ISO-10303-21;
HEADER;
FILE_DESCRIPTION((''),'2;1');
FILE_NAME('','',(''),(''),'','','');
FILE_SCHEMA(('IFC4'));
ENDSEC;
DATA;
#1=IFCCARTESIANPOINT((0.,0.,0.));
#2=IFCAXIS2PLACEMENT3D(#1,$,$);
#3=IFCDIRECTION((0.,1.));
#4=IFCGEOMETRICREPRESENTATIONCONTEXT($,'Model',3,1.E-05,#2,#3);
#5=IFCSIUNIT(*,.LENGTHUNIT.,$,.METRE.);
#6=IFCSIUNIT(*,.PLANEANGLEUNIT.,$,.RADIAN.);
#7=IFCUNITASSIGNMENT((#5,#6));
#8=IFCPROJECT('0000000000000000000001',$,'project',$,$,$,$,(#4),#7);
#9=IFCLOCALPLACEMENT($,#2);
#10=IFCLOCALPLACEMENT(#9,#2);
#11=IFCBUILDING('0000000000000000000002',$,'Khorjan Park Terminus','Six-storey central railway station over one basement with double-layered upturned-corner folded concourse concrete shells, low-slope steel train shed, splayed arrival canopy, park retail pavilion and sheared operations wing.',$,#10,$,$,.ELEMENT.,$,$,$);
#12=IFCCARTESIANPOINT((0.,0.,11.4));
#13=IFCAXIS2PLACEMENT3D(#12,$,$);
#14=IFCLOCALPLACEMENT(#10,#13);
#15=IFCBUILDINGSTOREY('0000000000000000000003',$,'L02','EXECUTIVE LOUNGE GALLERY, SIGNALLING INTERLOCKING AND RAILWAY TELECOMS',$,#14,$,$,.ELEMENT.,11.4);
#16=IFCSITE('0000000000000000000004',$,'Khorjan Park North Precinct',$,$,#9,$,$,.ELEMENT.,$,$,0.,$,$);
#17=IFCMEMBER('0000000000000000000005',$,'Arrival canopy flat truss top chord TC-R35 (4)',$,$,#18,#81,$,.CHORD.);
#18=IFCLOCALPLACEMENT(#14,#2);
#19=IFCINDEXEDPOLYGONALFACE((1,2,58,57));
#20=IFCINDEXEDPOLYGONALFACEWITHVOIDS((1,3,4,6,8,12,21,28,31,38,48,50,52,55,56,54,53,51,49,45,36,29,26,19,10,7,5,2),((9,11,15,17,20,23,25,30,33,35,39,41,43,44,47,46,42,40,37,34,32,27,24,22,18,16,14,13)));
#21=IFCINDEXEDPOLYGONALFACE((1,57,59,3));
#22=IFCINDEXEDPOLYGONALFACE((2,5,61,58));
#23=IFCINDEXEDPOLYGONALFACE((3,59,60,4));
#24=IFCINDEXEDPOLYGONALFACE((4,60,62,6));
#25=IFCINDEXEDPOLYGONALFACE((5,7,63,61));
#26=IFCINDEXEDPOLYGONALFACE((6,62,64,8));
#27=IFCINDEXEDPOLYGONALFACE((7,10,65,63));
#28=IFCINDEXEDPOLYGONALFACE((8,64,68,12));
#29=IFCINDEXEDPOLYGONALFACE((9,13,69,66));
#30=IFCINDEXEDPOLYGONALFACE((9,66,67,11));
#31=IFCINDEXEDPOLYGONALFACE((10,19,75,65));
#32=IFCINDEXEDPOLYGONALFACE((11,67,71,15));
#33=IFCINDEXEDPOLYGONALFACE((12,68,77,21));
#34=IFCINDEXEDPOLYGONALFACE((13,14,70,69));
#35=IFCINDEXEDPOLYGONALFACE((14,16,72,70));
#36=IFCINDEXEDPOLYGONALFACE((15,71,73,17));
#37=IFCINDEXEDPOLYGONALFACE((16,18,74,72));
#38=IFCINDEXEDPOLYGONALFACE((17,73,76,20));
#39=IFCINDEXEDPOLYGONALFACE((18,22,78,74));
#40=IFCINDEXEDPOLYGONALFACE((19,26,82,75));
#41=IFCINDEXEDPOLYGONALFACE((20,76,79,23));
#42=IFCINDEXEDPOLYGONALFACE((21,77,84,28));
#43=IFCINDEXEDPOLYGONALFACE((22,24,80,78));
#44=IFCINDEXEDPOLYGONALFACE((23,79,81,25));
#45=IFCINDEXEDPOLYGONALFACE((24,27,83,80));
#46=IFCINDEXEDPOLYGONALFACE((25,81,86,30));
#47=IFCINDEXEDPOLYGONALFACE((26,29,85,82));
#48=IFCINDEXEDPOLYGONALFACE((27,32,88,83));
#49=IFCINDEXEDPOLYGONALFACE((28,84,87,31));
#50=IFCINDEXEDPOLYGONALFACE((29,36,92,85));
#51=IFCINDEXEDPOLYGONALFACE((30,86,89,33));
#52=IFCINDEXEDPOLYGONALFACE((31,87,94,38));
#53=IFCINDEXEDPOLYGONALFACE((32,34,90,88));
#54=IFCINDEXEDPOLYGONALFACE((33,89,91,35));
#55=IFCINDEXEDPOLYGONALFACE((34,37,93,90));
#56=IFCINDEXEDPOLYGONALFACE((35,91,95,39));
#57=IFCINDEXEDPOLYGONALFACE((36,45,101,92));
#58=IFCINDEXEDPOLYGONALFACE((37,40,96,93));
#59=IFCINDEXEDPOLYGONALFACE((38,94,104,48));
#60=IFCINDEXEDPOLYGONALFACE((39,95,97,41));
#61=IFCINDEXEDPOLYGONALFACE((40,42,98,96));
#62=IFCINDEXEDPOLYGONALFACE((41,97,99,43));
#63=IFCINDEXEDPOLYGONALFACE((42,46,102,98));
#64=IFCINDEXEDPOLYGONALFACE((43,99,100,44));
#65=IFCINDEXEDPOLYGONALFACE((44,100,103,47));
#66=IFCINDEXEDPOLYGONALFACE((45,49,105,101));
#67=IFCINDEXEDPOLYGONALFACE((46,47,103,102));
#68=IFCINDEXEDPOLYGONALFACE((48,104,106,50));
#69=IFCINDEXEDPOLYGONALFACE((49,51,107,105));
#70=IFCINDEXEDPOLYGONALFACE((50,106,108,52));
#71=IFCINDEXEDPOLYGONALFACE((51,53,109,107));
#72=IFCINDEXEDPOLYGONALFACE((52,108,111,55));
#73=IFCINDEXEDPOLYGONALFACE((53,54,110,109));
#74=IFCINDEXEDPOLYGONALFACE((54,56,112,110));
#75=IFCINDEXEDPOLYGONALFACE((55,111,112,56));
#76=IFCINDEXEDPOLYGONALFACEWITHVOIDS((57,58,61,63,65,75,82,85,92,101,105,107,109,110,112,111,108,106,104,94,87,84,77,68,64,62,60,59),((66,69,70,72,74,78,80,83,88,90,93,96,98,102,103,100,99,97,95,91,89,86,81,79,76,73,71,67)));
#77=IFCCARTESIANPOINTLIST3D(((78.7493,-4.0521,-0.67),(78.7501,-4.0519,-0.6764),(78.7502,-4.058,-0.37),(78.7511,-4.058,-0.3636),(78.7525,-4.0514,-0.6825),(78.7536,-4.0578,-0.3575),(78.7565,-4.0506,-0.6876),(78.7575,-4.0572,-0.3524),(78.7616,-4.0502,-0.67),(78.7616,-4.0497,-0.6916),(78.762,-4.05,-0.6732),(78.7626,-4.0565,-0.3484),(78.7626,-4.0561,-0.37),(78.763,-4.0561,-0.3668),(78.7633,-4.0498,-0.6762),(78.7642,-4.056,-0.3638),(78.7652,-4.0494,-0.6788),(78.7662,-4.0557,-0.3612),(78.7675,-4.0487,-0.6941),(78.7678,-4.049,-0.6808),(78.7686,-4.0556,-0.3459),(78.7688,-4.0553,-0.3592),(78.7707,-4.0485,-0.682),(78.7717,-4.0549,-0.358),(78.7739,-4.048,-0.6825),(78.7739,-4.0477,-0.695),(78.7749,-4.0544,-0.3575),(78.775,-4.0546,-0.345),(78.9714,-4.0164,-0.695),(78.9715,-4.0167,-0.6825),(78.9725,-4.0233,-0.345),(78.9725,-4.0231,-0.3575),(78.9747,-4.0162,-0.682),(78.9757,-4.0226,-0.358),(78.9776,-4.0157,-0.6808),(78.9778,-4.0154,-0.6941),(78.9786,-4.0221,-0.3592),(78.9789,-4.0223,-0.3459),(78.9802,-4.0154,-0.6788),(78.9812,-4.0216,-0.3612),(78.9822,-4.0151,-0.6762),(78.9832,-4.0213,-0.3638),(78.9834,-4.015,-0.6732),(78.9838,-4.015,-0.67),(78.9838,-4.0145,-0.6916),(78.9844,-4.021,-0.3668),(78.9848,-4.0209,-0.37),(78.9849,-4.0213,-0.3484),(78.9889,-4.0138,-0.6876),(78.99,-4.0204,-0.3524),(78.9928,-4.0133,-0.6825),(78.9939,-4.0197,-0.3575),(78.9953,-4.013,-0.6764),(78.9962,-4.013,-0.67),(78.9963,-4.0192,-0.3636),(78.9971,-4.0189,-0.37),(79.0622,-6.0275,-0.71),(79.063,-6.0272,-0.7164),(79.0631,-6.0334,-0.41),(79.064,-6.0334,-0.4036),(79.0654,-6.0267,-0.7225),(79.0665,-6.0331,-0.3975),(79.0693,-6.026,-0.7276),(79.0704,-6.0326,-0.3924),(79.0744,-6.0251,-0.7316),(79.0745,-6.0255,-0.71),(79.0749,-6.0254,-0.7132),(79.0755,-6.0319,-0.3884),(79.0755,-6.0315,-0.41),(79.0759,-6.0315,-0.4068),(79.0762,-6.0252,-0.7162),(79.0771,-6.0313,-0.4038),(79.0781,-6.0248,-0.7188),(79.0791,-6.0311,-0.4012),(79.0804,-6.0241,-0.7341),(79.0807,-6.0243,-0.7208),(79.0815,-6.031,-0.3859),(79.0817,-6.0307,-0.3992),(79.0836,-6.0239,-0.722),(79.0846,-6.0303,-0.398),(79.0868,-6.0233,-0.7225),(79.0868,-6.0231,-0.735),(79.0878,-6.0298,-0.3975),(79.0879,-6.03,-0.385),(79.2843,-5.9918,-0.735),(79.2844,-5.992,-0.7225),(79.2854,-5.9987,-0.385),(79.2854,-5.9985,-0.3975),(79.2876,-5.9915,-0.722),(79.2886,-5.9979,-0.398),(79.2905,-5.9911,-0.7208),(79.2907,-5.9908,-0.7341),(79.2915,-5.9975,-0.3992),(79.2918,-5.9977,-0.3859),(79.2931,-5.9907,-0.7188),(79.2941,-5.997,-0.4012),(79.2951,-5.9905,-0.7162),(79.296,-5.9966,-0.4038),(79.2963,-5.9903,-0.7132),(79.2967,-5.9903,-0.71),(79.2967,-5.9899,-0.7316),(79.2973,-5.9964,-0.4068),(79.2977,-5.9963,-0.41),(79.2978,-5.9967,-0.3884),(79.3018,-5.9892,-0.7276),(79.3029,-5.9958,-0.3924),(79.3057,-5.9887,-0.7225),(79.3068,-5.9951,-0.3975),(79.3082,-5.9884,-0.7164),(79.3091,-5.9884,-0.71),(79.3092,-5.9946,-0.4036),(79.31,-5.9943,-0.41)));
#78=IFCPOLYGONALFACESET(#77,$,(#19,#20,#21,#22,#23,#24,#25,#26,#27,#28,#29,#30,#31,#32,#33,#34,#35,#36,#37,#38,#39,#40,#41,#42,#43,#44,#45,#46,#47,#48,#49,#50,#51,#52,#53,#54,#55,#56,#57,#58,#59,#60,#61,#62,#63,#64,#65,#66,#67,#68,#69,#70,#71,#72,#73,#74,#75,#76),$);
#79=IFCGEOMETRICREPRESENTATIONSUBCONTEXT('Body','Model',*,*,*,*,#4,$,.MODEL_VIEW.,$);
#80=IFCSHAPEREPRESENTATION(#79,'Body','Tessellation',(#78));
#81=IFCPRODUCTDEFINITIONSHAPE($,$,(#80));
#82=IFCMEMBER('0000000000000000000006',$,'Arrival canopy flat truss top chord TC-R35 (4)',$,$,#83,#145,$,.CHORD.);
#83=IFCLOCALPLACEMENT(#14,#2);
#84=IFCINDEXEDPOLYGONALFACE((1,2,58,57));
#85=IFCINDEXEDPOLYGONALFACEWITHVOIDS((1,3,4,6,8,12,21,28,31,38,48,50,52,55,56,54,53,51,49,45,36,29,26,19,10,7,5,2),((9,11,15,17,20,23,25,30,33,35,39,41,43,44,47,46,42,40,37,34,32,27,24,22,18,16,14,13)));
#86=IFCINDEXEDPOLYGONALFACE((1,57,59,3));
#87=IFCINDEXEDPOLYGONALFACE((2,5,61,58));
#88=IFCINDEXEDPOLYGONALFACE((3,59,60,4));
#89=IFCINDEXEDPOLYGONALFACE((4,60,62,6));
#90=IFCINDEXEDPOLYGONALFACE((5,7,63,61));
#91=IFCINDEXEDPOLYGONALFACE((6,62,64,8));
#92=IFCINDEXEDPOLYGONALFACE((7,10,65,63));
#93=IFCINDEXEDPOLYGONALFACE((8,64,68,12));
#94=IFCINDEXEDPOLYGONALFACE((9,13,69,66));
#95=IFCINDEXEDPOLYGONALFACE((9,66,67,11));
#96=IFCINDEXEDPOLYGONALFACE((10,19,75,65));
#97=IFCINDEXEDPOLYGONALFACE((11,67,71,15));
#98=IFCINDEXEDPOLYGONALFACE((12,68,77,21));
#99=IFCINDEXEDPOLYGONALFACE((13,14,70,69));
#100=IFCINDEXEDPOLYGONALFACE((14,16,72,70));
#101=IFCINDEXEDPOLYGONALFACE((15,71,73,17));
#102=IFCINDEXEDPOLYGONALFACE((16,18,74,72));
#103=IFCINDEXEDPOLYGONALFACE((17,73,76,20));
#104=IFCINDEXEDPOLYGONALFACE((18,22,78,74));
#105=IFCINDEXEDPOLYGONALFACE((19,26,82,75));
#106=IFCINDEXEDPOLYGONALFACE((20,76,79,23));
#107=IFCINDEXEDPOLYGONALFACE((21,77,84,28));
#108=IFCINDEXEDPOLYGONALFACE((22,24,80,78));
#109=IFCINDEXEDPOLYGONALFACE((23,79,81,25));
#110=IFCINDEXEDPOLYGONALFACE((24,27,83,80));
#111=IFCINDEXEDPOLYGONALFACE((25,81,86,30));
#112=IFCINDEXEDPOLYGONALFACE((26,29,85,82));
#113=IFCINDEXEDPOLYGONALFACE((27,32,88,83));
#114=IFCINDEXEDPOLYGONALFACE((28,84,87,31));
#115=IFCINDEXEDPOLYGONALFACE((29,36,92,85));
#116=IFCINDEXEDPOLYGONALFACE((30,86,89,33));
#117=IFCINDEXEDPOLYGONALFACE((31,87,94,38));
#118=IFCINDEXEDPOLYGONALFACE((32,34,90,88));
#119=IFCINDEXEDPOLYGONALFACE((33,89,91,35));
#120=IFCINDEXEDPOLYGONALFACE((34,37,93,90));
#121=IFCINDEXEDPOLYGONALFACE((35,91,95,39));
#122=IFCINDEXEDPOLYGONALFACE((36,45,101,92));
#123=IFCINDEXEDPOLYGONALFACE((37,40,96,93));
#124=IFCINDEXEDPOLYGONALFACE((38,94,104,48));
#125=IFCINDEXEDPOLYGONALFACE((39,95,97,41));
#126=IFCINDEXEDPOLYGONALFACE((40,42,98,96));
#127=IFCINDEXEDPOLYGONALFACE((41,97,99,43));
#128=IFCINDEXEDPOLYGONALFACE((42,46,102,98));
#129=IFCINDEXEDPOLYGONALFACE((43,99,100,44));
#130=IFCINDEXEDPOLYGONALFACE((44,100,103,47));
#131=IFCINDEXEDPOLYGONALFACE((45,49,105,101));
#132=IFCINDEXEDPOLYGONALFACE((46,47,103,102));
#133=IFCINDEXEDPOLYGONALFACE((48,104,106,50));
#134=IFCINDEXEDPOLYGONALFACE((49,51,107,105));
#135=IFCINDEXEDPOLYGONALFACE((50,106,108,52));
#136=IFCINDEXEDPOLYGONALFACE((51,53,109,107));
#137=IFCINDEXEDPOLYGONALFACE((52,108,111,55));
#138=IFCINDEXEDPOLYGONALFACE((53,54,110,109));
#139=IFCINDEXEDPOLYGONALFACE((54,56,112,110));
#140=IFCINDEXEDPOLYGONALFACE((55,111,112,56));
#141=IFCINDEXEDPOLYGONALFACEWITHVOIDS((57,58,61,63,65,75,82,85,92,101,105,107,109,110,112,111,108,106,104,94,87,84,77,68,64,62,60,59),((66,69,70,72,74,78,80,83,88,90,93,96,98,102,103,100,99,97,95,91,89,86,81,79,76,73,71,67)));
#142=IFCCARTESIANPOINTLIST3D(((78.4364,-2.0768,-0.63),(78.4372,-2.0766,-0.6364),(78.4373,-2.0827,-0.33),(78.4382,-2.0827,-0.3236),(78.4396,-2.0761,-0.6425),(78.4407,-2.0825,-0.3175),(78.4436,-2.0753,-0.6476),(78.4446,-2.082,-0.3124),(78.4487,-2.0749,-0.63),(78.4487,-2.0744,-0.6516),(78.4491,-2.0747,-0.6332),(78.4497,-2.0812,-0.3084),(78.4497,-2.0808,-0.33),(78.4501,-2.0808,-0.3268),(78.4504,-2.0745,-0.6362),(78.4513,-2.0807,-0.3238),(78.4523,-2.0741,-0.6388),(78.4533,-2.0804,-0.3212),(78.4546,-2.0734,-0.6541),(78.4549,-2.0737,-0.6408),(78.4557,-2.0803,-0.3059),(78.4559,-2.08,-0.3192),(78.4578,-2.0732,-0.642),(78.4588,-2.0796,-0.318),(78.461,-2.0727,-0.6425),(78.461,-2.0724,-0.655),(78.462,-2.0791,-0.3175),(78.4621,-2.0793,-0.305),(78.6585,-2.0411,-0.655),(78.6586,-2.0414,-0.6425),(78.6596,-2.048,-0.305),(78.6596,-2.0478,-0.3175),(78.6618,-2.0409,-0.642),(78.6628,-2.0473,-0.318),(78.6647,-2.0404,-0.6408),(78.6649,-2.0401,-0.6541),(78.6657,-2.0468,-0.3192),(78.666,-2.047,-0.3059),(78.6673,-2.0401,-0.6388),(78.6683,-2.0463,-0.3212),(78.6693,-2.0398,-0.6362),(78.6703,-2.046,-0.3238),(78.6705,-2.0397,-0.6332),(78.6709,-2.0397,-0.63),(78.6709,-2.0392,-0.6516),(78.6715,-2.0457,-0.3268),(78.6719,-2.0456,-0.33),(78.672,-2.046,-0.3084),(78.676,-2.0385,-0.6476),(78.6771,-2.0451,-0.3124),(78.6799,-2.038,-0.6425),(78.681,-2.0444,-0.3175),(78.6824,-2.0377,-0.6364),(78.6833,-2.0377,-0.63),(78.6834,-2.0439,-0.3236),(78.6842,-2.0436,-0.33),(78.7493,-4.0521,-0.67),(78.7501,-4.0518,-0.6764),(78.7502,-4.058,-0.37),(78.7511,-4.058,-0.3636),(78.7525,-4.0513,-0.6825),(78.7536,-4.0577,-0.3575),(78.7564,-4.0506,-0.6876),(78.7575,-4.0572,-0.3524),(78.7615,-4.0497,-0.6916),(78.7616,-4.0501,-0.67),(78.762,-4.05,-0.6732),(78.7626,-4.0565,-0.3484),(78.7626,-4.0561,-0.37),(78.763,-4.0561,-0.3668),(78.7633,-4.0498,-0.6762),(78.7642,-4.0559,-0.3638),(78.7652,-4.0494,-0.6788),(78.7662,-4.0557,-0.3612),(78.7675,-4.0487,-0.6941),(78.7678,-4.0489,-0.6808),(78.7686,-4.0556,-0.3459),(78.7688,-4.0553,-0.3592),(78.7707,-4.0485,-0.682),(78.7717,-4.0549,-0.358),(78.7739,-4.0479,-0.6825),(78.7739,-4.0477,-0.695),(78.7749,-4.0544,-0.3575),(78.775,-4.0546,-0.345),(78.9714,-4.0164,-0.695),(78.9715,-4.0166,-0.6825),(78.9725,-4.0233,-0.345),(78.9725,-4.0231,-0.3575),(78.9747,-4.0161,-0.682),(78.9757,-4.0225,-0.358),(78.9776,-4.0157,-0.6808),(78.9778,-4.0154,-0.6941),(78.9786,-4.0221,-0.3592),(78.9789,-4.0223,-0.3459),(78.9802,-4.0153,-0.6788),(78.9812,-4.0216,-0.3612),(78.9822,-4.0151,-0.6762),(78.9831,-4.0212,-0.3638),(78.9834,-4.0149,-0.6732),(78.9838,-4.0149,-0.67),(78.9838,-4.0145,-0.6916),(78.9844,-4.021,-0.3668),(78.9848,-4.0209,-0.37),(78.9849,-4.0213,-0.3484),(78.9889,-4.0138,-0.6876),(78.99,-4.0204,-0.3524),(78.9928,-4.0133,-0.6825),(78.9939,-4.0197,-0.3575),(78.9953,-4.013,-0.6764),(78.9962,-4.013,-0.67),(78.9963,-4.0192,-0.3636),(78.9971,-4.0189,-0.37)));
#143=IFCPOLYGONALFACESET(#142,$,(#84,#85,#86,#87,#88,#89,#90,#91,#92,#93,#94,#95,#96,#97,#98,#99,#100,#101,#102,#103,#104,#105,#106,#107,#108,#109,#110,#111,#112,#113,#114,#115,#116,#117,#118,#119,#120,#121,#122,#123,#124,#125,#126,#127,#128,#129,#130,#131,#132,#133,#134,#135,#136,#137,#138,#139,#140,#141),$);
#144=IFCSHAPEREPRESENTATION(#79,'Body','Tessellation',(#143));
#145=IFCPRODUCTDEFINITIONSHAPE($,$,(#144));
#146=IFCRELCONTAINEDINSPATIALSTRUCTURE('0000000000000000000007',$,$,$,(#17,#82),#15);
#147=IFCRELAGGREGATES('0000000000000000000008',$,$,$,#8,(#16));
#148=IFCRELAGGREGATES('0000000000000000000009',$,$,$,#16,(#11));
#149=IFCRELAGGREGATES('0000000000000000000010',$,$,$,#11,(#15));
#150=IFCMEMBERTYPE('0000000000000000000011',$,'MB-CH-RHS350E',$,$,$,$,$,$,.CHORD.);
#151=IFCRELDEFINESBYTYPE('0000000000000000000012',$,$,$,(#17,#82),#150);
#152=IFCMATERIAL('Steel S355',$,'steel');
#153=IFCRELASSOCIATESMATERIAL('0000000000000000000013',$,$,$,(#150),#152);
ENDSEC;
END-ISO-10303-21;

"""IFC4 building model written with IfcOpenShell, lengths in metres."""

from ifc_helpers import new_model, si_unit, direction, frame, origin, origin_2d, place, context, subcontext, project, spatial, hollow_rectangle, extrude, material, material_profile, profile_set, type_object, element, save


model = new_model("IFC4")

# Units and contexts
model_context = context("Model", 3, precision=1e-05, world=origin(), true_north=direction((0.0, 1.0)))
body_context = subcontext(model_context, "Body", "Model", "MODEL_VIEW")
ifc_project = project(units=[si_unit("LENGTHUNIT", "METRE"), si_unit("PLANEANGLEUNIT", "RADIAN")], contexts=[model_context])

# Site, building, storey
site_placement = place(None, origin())
site = spatial("IfcSite", under=ifc_project, at=site_placement, Name="Khorjan Park North Precinct", CompositionType="ELEMENT", RefElevation=0.0)
building_placement = place(site_placement, origin())
building = spatial("IfcBuilding", under=site, at=building_placement, Name="Khorjan Park Terminus", Description="Six-storey central railway station over one basement with double-layered upturned-corner folded concourse concrete shells, low-slope steel train shed, splayed arrival canopy, park retail pavilion and sheared operations wing.", CompositionType="ELEMENT")
storey_placement = place(building_placement, frame((0.0, 0.0, 11.4)))
storey = spatial("IfcBuildingStorey", under=building, at=storey_placement, Name="L02", Description="EXECUTIVE LOUNGE GALLERY, SIGNALLING INTERLOCKING AND RAILWAY TELECOMS", CompositionType="ELEMENT", Elevation=11.4)

# Members
ifc_material = material(Name="Steel S355", Category="steel")
ifc_material_profile_1 = material_profile(ifc_material, hollow_rectangle(XDim=0.25, YDim=0.35, WallThickness=0.0125, InnerFilletRadius=0.0125, OuterFilletRadius=0.025, at=origin_2d()), Name="RHS 350x250x12.5")
ifc_profile_set_1 = profile_set([ifc_material_profile_1], Name="Steel S355")
member_type_1 = type_object("IfcMemberType", Name="MB-CH-RHS350E", PredefinedType="CHORD", material=ifc_profile_set_1)
for number, where, z_axis, x_axis, name in (
    (1, (79.1861, -6.0109, -0.56), (-0.156417, 0.987489, 0.019996), (-0.987686, -0.156448, 0.0), "Arrival canopy flat truss top chord TC-R35 (4)"),
):
    element("IfcMember", number, at=place(storey_placement, frame(where, z_axis=z_axis, x_axis=x_axis)), inside=storey, type_object=member_type_1, Name=name, PredefinedType="CHORD", context=body_context, shape_type="SweptSolid", body=[
        extrude(hollow_rectangle(XDim=0.25, YDim=0.35, WallThickness=0.0125, InnerFilletRadius=0.0125, OuterFilletRadius=0.025, at=origin_2d()), origin(), (0.0, 0.0, 1.0), 2.0004),
    ])
member_1_placement = place(storey_placement, frame((78.8732, -4.0355, -0.52), z_axis=(-0.156424, 0.987488, 0.019997), x_axis=(-0.987685, -0.156456, 0.0)))
element("IfcMember", 2, at=member_1_placement, inside=storey, type_object=member_type_1, Name="Arrival canopy flat truss top chord TC-R35 (4)", PredefinedType="CHORD", context=body_context, shape_type="SweptSolid", body=[
    extrude(hollow_rectangle(XDim=0.25, YDim=0.35, WallThickness=0.0125, InnerFilletRadius=0.0125, OuterFilletRadius=0.025, at=origin_2d()), origin(), (0.0, 0.0, 1.0), 2.0003),
])

save(model, "model.ifc")
